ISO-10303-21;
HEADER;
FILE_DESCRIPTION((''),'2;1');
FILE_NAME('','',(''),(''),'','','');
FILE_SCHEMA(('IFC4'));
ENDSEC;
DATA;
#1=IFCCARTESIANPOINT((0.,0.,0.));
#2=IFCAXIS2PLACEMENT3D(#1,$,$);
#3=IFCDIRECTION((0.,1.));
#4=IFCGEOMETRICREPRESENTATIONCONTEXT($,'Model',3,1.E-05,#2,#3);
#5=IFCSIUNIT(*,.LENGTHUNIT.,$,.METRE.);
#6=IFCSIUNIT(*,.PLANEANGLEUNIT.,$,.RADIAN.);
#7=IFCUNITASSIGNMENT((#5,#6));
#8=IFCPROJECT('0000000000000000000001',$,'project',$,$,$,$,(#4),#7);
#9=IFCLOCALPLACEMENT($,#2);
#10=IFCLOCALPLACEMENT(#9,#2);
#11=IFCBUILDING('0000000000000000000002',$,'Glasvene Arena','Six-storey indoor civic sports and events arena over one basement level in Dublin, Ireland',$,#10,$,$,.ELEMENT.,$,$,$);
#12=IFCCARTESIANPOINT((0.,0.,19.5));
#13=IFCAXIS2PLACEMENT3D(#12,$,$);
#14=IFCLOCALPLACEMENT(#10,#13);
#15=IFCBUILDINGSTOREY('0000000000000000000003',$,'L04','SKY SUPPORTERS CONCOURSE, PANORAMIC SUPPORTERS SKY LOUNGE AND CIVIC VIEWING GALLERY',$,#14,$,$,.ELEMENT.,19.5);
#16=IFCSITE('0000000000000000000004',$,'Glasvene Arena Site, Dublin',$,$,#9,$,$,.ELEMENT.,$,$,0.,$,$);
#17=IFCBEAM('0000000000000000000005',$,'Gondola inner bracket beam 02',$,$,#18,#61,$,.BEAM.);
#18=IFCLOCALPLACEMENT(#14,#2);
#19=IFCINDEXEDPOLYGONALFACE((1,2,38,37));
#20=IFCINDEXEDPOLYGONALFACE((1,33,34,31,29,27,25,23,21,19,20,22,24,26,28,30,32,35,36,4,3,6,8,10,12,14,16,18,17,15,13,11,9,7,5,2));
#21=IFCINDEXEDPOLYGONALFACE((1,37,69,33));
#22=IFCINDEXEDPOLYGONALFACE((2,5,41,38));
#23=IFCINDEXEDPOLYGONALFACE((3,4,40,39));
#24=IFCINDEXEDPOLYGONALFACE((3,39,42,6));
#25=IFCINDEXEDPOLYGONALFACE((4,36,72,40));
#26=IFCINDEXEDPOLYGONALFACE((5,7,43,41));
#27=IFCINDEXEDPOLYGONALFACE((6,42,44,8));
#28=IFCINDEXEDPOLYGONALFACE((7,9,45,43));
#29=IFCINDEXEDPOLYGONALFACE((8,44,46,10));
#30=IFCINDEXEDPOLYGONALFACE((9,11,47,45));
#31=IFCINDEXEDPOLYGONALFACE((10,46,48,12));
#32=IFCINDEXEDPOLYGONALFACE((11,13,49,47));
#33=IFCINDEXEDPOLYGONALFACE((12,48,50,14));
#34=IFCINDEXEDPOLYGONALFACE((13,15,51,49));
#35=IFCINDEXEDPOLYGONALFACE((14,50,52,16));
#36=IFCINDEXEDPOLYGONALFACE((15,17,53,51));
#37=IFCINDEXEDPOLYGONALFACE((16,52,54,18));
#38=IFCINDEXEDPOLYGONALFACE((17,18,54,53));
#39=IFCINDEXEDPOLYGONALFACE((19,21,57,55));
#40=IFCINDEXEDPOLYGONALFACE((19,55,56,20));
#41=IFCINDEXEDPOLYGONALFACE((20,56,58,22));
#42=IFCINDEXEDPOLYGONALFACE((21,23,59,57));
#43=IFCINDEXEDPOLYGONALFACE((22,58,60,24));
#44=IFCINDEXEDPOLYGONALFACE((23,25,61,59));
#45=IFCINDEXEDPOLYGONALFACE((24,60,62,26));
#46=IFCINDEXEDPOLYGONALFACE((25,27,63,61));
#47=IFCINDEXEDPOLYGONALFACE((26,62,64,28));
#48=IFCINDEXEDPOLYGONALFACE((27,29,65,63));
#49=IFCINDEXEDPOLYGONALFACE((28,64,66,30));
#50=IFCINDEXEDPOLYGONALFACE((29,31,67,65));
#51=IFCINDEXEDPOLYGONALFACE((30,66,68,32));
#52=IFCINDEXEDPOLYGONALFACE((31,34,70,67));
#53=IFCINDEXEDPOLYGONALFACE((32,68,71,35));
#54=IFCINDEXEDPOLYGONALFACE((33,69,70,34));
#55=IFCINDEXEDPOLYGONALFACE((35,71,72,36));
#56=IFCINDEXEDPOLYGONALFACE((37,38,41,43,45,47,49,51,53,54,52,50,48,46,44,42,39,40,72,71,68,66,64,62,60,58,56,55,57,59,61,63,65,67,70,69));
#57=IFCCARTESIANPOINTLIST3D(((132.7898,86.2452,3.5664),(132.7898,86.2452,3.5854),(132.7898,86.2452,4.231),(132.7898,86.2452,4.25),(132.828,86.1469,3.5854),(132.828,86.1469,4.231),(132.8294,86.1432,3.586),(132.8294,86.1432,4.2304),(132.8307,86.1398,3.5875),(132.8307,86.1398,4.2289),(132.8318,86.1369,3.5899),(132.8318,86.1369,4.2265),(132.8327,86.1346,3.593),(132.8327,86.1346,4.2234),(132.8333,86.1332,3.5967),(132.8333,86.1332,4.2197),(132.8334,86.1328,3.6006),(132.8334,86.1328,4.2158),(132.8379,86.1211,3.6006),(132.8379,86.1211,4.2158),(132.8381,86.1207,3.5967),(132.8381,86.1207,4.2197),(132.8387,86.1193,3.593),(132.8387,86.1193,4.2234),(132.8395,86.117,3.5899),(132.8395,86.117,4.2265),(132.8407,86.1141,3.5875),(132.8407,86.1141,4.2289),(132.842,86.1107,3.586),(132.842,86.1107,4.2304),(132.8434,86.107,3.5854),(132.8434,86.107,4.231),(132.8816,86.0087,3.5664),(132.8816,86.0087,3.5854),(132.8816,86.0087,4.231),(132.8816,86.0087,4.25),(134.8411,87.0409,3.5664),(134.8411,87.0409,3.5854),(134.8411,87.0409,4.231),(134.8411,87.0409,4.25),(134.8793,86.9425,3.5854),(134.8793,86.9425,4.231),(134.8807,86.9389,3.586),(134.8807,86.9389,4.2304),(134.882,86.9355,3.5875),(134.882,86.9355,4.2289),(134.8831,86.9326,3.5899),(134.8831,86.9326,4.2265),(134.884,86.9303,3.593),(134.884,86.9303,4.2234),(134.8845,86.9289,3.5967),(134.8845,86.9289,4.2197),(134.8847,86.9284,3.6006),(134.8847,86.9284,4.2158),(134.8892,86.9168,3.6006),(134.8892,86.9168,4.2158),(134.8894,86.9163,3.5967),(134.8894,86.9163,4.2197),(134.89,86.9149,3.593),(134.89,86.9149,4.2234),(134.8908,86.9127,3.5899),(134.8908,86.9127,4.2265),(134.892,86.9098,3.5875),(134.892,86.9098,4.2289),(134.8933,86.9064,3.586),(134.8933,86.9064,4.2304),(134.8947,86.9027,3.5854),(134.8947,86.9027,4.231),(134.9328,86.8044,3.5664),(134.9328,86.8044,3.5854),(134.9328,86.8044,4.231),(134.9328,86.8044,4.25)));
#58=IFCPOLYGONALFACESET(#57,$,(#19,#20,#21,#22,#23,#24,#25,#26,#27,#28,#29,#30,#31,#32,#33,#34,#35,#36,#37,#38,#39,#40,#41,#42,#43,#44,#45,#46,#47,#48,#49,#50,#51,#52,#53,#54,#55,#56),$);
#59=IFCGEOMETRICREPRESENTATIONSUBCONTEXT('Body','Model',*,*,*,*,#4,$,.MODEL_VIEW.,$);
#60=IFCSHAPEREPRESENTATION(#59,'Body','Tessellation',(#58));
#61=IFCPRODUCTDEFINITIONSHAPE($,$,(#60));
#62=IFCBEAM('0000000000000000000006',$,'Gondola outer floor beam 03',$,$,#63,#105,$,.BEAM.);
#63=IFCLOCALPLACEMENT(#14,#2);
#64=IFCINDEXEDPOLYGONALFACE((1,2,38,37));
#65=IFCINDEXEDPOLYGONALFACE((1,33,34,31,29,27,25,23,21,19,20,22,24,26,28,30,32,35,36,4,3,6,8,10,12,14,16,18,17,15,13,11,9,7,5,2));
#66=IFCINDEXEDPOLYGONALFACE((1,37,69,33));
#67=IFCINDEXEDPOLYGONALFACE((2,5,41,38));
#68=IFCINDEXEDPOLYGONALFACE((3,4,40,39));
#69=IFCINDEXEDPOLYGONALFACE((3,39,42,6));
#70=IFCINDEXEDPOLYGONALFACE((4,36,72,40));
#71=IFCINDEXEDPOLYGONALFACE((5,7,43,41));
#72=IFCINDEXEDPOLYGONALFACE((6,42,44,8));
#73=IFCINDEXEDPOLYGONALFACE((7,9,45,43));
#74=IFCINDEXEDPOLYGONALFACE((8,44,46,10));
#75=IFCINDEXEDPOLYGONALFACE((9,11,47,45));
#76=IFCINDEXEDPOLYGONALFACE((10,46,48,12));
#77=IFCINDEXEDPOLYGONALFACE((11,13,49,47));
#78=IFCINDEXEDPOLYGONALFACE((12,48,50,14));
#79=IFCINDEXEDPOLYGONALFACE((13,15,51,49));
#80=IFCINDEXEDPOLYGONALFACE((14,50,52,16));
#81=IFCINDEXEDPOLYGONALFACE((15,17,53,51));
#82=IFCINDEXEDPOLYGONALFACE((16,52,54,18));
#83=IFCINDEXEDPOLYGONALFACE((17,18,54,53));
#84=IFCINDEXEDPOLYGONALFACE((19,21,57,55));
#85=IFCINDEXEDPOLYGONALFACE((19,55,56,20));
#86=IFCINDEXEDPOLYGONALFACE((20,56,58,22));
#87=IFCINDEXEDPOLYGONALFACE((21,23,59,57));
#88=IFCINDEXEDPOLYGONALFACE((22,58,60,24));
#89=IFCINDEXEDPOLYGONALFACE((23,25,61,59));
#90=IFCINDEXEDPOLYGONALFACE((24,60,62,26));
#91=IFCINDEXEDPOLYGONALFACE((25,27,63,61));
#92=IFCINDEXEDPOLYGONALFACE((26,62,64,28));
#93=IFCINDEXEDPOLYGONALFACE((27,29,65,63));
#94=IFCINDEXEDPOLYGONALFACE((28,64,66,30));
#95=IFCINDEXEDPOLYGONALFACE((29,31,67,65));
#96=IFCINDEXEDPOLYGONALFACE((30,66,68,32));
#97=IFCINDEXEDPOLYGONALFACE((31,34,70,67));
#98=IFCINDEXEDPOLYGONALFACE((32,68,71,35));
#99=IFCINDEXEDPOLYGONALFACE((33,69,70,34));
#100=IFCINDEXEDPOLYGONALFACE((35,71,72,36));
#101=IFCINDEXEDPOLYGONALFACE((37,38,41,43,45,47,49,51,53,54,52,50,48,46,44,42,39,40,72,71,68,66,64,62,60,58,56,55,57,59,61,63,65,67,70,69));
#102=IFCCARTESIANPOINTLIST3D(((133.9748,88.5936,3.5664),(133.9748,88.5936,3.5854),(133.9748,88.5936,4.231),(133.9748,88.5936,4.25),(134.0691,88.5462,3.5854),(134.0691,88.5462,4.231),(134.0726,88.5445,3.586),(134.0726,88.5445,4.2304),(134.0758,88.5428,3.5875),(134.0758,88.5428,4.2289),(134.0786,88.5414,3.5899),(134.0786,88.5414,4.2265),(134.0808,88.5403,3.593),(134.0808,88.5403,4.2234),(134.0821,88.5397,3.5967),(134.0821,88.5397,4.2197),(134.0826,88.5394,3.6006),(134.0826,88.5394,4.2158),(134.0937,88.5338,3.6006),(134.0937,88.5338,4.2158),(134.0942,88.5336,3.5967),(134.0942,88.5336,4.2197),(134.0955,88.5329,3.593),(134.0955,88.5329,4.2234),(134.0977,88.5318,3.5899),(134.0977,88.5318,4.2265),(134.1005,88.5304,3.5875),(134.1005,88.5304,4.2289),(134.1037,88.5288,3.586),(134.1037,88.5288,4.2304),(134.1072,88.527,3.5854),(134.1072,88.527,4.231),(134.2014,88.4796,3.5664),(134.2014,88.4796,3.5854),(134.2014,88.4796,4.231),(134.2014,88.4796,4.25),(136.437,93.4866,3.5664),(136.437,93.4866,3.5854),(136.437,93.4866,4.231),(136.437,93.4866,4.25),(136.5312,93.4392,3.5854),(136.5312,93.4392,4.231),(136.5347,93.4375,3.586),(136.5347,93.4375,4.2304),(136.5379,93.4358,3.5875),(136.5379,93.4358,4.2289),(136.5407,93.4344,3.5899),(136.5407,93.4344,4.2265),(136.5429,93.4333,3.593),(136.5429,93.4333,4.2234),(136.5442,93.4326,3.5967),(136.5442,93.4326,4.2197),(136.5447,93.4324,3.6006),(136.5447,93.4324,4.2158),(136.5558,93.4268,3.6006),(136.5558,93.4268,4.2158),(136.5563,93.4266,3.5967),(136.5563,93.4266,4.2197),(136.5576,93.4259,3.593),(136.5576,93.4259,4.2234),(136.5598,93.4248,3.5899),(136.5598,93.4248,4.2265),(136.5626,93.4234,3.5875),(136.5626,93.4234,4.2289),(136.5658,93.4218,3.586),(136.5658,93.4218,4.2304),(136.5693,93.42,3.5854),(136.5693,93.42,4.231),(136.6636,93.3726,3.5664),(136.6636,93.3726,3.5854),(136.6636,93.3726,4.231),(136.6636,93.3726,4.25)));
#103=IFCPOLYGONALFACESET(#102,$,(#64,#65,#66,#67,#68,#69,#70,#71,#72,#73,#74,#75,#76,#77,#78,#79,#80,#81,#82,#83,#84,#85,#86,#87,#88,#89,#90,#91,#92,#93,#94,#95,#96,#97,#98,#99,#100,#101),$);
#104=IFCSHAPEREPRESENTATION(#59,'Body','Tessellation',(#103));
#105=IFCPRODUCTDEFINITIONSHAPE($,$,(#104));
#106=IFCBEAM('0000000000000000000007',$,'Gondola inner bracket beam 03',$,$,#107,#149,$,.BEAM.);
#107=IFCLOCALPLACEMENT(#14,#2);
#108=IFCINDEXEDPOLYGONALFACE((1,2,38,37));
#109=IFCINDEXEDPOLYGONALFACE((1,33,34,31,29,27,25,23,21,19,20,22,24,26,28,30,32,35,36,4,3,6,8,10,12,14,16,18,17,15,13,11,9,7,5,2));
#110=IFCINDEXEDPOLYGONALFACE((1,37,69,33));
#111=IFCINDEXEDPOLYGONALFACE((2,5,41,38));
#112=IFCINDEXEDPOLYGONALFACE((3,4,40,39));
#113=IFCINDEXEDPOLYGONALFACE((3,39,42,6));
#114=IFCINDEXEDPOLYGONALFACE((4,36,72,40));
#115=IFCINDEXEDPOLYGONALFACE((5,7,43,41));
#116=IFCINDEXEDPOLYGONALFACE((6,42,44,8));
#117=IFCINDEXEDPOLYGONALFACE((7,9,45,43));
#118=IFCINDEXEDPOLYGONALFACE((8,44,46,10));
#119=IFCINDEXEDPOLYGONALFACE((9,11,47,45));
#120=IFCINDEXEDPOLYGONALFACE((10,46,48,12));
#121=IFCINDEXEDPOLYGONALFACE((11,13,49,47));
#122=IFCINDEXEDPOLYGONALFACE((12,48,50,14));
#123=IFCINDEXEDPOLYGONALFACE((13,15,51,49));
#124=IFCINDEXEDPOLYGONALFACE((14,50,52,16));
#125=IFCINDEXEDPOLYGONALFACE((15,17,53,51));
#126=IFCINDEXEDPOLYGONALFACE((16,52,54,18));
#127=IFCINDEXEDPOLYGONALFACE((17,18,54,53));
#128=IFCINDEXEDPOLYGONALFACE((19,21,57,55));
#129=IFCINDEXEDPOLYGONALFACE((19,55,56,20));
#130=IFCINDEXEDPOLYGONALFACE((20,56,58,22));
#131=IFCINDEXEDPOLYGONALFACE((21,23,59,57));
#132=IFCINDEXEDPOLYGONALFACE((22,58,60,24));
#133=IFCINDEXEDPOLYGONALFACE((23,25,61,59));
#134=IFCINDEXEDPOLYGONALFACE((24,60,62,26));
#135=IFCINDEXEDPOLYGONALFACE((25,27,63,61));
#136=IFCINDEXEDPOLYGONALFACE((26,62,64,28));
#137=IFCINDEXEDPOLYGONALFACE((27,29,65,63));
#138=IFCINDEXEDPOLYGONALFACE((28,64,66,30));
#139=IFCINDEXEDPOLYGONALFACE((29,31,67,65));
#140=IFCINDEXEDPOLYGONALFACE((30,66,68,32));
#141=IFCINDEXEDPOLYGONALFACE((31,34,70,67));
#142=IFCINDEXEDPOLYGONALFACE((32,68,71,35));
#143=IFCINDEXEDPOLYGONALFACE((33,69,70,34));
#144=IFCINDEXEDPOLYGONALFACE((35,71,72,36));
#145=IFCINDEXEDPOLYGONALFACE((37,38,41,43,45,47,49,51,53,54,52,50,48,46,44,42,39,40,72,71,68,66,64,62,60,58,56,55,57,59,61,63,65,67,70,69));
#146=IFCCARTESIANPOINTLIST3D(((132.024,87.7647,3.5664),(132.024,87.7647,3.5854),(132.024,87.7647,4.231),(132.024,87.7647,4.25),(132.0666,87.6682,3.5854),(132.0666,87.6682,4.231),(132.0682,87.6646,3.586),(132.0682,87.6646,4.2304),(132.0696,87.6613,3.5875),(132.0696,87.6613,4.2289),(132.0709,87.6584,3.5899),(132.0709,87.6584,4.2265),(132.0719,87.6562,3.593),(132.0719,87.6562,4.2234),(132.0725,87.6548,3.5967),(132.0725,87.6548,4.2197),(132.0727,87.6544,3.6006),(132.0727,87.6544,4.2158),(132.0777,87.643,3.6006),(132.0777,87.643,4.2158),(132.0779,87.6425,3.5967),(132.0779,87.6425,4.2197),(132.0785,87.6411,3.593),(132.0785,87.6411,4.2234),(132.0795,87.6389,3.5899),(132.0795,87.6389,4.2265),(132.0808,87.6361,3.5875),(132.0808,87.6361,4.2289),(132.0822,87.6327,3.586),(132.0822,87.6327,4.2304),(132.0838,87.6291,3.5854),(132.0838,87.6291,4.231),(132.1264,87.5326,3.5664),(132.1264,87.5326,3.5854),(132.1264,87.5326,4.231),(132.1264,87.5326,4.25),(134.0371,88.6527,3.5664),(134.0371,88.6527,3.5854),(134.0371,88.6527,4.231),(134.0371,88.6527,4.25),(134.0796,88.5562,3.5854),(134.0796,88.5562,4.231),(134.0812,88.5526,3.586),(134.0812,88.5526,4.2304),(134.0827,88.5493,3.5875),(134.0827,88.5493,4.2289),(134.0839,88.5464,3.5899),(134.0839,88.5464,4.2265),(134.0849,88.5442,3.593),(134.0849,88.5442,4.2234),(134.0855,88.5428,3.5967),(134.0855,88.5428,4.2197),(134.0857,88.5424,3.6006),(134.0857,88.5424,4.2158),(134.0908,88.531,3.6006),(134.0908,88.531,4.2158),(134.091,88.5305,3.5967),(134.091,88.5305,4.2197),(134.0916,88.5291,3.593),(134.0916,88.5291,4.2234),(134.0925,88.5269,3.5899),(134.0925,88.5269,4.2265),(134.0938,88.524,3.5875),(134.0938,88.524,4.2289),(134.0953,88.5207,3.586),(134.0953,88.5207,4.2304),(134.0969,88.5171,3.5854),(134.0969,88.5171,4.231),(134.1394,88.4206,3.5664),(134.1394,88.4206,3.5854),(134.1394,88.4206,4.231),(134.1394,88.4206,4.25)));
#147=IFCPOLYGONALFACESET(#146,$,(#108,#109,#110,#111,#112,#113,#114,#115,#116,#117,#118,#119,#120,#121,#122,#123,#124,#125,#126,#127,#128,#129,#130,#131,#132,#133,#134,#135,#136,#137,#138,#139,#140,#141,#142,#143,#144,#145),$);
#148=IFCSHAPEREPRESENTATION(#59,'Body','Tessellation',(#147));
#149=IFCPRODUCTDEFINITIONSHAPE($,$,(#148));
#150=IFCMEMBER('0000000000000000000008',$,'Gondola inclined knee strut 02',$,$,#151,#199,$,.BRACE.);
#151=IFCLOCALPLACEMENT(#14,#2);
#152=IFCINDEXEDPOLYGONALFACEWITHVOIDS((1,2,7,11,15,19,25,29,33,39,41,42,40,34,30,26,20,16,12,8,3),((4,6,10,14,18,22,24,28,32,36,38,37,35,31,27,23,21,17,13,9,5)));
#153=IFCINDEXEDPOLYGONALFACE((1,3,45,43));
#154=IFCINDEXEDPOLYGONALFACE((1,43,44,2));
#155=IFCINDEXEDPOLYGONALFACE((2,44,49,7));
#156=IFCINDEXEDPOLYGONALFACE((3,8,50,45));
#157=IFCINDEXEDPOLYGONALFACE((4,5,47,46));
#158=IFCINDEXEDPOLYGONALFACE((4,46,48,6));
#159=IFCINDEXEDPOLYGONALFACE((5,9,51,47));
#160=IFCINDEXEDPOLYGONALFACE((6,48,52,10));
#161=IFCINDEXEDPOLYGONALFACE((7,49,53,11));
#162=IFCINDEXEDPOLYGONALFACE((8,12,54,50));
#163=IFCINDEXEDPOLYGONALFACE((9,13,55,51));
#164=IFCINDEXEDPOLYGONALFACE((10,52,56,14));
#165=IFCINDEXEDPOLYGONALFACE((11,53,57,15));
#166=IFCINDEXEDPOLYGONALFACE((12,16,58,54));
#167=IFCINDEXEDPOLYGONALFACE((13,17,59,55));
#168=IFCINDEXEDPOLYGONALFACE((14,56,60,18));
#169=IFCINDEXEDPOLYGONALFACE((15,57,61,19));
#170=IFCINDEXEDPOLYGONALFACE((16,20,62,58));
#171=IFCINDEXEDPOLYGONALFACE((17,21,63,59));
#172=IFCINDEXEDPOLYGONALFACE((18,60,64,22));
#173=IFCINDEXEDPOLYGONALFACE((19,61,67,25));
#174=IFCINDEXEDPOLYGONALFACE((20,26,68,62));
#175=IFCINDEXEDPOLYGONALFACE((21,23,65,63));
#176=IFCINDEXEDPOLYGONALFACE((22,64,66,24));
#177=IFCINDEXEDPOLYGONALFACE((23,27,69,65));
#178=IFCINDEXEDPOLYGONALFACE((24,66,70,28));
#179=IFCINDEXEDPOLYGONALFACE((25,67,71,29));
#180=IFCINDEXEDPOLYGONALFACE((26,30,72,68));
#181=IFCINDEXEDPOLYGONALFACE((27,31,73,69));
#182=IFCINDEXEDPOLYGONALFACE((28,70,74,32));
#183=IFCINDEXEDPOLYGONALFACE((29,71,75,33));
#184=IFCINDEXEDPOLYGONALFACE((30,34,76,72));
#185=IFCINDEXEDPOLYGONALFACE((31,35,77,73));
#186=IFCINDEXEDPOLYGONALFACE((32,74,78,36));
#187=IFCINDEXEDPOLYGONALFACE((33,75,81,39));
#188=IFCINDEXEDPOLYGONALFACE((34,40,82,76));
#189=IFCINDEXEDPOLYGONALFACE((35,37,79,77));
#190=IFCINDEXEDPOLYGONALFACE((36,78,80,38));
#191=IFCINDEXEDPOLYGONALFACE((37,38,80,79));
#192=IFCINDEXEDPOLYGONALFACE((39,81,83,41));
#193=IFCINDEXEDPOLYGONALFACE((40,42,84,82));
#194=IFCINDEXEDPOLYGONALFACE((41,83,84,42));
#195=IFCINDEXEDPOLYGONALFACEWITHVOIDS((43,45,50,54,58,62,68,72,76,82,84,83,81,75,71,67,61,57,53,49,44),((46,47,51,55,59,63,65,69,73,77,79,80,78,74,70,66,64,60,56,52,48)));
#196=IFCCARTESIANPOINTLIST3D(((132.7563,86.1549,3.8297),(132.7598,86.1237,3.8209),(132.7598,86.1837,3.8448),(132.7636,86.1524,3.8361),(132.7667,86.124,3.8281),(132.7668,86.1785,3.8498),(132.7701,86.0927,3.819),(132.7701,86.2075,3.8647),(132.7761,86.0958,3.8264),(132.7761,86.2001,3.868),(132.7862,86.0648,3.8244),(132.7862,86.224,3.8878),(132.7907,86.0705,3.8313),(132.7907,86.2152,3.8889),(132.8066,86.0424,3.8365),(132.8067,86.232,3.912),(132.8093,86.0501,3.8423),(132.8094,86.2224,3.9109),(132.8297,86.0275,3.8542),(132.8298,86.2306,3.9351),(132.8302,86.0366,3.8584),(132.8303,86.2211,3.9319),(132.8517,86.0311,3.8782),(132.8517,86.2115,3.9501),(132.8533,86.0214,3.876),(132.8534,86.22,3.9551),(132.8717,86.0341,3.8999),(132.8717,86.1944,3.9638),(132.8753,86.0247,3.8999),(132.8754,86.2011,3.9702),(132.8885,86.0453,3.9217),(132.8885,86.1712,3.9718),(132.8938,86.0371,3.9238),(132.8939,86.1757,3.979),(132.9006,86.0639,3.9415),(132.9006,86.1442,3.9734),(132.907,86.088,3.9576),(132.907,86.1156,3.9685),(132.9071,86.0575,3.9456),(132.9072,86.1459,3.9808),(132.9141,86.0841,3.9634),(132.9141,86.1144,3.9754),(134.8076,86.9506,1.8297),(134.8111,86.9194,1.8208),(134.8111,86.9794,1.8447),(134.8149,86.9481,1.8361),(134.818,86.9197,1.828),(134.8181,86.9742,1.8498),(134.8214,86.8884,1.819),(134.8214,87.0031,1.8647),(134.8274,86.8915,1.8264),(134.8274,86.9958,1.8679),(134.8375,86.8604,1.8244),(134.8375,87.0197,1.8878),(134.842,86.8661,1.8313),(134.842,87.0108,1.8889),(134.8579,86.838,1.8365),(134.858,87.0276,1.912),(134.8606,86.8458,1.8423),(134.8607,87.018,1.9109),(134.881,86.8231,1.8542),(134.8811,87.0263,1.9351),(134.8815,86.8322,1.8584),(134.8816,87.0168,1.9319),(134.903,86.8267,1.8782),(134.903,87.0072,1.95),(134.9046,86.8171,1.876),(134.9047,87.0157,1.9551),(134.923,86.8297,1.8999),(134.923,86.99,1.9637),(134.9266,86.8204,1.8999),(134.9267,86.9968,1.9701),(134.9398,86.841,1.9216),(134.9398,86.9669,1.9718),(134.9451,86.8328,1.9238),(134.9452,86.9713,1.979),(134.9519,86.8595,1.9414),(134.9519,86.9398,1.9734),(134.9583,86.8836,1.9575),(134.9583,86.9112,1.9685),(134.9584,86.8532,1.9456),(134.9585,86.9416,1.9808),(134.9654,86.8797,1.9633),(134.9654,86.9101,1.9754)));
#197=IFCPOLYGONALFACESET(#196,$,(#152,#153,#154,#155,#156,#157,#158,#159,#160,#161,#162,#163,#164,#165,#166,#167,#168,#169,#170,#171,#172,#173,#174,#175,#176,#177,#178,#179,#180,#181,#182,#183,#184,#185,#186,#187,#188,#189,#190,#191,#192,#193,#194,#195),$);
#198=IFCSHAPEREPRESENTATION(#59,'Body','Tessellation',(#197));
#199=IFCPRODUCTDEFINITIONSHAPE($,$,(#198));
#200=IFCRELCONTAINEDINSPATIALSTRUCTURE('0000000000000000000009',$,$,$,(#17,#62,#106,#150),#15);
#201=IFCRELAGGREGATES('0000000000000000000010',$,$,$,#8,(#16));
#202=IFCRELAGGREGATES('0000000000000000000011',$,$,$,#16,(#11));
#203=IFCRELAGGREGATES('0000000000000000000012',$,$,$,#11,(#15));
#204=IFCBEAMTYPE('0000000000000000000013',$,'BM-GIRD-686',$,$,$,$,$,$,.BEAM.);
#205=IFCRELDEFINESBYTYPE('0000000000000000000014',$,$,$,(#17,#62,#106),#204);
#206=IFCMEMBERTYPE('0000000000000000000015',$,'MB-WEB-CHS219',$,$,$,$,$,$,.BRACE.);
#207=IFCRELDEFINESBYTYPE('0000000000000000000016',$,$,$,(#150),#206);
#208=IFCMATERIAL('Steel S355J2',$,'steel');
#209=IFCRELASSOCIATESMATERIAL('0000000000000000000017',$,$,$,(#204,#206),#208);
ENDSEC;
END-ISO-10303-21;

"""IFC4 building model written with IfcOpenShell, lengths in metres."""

from ifc_helpers import new_model, si_unit, direction, frame, origin, origin_2d, place, context, subcontext, project, spatial, hollow_circle, i_section, extrude, material, material_profile, profile_set, type_object, element, save


model = new_model("IFC4")

# Units and contexts
model_context = context("Model", 3, precision=1e-05, world=origin(), true_north=direction((0.0, 1.0)))
body_context = subcontext(model_context, "Body", "Model", "MODEL_VIEW")
ifc_project = project(units=[si_unit("LENGTHUNIT", "METRE"), si_unit("PLANEANGLEUNIT", "RADIAN")], contexts=[model_context])

# Site, building, storey
site_placement = place(None, origin())
site = spatial("IfcSite", under=ifc_project, at=site_placement, Name="Glasvene Arena Site, Dublin", CompositionType="ELEMENT", RefElevation=0.0)
building_placement = place(site_placement, origin())
building = spatial("IfcBuilding", under=site, at=building_placement, Name="Glasvene Arena", Description="Six-storey indoor civic sports and events arena over one basement level in Dublin, Ireland", CompositionType="ELEMENT")
storey_placement = place(building_placement, frame((0.0, 0.0, 19.5)))
storey = spatial("IfcBuildingStorey", under=building, at=storey_placement, Name="L04", Description="SKY SUPPORTERS CONCOURSE, PANORAMIC SUPPORTERS SKY LOUNGE AND CIVIC VIEWING GALLERY", CompositionType="ELEMENT", Elevation=19.5)

# Shared definitions
ifc_material_1 = material(Name="Steel S355J2", Category="steel")

# Beams
ifc_material_profile_1 = material_profile(ifc_material_1, i_section(OverallWidth=0.2537, OverallDepth=0.6836, WebThickness=0.0125, FlangeThickness=0.019, FilletRadius=0.0151, at=origin_2d()), Name="UKB 686x254x140")
ifc_profile_set_1 = profile_set([ifc_material_profile_1], Name="Steel S355J2")
beam_type_1 = type_object("IfcBeamType", Name="BM-GIRD-686", PredefinedType="BEAM", material=ifc_profile_set_1)
beam_1_placement = place(storey_placement, frame((132.8357, 86.127, 3.9082), z_axis=(0.932321, 0.361632, 0.0), x_axis=(-0.361632, 0.932321, 0.0)))
element("IfcBeam", 1, at=beam_1_placement, inside=storey, type_object=beam_type_1, Name="Gondola inner bracket beam 02", PredefinedType="BEAM", context=body_context, shape_type="SweptSolid", body=[
    extrude(i_section(OverallWidth=0.2537, OverallDepth=0.6836, WebThickness=0.0125, FlangeThickness=0.019, FilletRadius=0.0151, at=origin_2d()), origin(), (0.0, 0.0, 1.0), 2.2002),
])
beam_2_placement = place(storey_placement, frame((134.0881, 88.5366, 3.9082), z_axis=(0.449494, 0.893283, 0.0), x_axis=(-0.893283, 0.449494, 0.0)))
element("IfcBeam", 2, at=beam_2_placement, inside=storey, type_object=beam_type_1, Name="Gondola outer floor beam 03", PredefinedType="BEAM", context=body_context, shape_type="SweptSolid", body=[
    extrude(i_section(OverallWidth=0.2537, OverallDepth=0.6836, WebThickness=0.0125, FlangeThickness=0.019, FilletRadius=0.0151, at=origin_2d()), origin(), (0.0, 0.0, 1.0), 5.4775),
])
beam_3_placement = place(storey_placement, frame((132.0752, 87.6487, 3.9082), z_axis=(0.914938, 0.403594, 0.0), x_axis=(-0.403594, 0.914938, 0.0)))
element("IfcBeam", 3, at=beam_3_placement, inside=storey, type_object=beam_type_1, Name="Gondola inner bracket beam 03", PredefinedType="BEAM", context=body_context, shape_type="SweptSolid", body=[
    extrude(i_section(OverallWidth=0.2537, OverallDepth=0.6836, WebThickness=0.0125, FlangeThickness=0.019, FilletRadius=0.0151, at=origin_2d()), origin(), (0.0, 0.0, 1.0), 2.2002),
])

# Member
ifc_material_profile_2 = material_profile(ifc_material_1, hollow_circle(Radius=0.1096, WallThickness=0.01, at=origin_2d()), Name="CHS 219.1x10.0")
ifc_profile_set_2 = profile_set([ifc_material_profile_2], Name="Steel S355J2")
member_type = type_object("IfcMemberType", Name="MB-WEB-CHS219", PredefinedType="BRACE", material=ifc_profile_set_2)
for number, where, z_axis, x_axis, name in (
    (4, (134.887, 86.9226, 1.8999), (-0.689886, -0.267596, 0.672643), (0.361632, -0.932321, 0.0), "Gondola inclined knee strut 02"),
):
    element("IfcMember", number, at=place(storey_placement, frame(where, z_axis=z_axis, x_axis=x_axis)), inside=storey, type_object=member_type, Name=name, PredefinedType="BRACE", context=body_context, shape_type="SweptSolid", body=[
        extrude(hollow_circle(Radius=0.1096, WallThickness=0.01, at=origin_2d()), origin(), (0.0, 0.0, 1.0), 2.9734),
    ])

save(model, "model.ifc")
